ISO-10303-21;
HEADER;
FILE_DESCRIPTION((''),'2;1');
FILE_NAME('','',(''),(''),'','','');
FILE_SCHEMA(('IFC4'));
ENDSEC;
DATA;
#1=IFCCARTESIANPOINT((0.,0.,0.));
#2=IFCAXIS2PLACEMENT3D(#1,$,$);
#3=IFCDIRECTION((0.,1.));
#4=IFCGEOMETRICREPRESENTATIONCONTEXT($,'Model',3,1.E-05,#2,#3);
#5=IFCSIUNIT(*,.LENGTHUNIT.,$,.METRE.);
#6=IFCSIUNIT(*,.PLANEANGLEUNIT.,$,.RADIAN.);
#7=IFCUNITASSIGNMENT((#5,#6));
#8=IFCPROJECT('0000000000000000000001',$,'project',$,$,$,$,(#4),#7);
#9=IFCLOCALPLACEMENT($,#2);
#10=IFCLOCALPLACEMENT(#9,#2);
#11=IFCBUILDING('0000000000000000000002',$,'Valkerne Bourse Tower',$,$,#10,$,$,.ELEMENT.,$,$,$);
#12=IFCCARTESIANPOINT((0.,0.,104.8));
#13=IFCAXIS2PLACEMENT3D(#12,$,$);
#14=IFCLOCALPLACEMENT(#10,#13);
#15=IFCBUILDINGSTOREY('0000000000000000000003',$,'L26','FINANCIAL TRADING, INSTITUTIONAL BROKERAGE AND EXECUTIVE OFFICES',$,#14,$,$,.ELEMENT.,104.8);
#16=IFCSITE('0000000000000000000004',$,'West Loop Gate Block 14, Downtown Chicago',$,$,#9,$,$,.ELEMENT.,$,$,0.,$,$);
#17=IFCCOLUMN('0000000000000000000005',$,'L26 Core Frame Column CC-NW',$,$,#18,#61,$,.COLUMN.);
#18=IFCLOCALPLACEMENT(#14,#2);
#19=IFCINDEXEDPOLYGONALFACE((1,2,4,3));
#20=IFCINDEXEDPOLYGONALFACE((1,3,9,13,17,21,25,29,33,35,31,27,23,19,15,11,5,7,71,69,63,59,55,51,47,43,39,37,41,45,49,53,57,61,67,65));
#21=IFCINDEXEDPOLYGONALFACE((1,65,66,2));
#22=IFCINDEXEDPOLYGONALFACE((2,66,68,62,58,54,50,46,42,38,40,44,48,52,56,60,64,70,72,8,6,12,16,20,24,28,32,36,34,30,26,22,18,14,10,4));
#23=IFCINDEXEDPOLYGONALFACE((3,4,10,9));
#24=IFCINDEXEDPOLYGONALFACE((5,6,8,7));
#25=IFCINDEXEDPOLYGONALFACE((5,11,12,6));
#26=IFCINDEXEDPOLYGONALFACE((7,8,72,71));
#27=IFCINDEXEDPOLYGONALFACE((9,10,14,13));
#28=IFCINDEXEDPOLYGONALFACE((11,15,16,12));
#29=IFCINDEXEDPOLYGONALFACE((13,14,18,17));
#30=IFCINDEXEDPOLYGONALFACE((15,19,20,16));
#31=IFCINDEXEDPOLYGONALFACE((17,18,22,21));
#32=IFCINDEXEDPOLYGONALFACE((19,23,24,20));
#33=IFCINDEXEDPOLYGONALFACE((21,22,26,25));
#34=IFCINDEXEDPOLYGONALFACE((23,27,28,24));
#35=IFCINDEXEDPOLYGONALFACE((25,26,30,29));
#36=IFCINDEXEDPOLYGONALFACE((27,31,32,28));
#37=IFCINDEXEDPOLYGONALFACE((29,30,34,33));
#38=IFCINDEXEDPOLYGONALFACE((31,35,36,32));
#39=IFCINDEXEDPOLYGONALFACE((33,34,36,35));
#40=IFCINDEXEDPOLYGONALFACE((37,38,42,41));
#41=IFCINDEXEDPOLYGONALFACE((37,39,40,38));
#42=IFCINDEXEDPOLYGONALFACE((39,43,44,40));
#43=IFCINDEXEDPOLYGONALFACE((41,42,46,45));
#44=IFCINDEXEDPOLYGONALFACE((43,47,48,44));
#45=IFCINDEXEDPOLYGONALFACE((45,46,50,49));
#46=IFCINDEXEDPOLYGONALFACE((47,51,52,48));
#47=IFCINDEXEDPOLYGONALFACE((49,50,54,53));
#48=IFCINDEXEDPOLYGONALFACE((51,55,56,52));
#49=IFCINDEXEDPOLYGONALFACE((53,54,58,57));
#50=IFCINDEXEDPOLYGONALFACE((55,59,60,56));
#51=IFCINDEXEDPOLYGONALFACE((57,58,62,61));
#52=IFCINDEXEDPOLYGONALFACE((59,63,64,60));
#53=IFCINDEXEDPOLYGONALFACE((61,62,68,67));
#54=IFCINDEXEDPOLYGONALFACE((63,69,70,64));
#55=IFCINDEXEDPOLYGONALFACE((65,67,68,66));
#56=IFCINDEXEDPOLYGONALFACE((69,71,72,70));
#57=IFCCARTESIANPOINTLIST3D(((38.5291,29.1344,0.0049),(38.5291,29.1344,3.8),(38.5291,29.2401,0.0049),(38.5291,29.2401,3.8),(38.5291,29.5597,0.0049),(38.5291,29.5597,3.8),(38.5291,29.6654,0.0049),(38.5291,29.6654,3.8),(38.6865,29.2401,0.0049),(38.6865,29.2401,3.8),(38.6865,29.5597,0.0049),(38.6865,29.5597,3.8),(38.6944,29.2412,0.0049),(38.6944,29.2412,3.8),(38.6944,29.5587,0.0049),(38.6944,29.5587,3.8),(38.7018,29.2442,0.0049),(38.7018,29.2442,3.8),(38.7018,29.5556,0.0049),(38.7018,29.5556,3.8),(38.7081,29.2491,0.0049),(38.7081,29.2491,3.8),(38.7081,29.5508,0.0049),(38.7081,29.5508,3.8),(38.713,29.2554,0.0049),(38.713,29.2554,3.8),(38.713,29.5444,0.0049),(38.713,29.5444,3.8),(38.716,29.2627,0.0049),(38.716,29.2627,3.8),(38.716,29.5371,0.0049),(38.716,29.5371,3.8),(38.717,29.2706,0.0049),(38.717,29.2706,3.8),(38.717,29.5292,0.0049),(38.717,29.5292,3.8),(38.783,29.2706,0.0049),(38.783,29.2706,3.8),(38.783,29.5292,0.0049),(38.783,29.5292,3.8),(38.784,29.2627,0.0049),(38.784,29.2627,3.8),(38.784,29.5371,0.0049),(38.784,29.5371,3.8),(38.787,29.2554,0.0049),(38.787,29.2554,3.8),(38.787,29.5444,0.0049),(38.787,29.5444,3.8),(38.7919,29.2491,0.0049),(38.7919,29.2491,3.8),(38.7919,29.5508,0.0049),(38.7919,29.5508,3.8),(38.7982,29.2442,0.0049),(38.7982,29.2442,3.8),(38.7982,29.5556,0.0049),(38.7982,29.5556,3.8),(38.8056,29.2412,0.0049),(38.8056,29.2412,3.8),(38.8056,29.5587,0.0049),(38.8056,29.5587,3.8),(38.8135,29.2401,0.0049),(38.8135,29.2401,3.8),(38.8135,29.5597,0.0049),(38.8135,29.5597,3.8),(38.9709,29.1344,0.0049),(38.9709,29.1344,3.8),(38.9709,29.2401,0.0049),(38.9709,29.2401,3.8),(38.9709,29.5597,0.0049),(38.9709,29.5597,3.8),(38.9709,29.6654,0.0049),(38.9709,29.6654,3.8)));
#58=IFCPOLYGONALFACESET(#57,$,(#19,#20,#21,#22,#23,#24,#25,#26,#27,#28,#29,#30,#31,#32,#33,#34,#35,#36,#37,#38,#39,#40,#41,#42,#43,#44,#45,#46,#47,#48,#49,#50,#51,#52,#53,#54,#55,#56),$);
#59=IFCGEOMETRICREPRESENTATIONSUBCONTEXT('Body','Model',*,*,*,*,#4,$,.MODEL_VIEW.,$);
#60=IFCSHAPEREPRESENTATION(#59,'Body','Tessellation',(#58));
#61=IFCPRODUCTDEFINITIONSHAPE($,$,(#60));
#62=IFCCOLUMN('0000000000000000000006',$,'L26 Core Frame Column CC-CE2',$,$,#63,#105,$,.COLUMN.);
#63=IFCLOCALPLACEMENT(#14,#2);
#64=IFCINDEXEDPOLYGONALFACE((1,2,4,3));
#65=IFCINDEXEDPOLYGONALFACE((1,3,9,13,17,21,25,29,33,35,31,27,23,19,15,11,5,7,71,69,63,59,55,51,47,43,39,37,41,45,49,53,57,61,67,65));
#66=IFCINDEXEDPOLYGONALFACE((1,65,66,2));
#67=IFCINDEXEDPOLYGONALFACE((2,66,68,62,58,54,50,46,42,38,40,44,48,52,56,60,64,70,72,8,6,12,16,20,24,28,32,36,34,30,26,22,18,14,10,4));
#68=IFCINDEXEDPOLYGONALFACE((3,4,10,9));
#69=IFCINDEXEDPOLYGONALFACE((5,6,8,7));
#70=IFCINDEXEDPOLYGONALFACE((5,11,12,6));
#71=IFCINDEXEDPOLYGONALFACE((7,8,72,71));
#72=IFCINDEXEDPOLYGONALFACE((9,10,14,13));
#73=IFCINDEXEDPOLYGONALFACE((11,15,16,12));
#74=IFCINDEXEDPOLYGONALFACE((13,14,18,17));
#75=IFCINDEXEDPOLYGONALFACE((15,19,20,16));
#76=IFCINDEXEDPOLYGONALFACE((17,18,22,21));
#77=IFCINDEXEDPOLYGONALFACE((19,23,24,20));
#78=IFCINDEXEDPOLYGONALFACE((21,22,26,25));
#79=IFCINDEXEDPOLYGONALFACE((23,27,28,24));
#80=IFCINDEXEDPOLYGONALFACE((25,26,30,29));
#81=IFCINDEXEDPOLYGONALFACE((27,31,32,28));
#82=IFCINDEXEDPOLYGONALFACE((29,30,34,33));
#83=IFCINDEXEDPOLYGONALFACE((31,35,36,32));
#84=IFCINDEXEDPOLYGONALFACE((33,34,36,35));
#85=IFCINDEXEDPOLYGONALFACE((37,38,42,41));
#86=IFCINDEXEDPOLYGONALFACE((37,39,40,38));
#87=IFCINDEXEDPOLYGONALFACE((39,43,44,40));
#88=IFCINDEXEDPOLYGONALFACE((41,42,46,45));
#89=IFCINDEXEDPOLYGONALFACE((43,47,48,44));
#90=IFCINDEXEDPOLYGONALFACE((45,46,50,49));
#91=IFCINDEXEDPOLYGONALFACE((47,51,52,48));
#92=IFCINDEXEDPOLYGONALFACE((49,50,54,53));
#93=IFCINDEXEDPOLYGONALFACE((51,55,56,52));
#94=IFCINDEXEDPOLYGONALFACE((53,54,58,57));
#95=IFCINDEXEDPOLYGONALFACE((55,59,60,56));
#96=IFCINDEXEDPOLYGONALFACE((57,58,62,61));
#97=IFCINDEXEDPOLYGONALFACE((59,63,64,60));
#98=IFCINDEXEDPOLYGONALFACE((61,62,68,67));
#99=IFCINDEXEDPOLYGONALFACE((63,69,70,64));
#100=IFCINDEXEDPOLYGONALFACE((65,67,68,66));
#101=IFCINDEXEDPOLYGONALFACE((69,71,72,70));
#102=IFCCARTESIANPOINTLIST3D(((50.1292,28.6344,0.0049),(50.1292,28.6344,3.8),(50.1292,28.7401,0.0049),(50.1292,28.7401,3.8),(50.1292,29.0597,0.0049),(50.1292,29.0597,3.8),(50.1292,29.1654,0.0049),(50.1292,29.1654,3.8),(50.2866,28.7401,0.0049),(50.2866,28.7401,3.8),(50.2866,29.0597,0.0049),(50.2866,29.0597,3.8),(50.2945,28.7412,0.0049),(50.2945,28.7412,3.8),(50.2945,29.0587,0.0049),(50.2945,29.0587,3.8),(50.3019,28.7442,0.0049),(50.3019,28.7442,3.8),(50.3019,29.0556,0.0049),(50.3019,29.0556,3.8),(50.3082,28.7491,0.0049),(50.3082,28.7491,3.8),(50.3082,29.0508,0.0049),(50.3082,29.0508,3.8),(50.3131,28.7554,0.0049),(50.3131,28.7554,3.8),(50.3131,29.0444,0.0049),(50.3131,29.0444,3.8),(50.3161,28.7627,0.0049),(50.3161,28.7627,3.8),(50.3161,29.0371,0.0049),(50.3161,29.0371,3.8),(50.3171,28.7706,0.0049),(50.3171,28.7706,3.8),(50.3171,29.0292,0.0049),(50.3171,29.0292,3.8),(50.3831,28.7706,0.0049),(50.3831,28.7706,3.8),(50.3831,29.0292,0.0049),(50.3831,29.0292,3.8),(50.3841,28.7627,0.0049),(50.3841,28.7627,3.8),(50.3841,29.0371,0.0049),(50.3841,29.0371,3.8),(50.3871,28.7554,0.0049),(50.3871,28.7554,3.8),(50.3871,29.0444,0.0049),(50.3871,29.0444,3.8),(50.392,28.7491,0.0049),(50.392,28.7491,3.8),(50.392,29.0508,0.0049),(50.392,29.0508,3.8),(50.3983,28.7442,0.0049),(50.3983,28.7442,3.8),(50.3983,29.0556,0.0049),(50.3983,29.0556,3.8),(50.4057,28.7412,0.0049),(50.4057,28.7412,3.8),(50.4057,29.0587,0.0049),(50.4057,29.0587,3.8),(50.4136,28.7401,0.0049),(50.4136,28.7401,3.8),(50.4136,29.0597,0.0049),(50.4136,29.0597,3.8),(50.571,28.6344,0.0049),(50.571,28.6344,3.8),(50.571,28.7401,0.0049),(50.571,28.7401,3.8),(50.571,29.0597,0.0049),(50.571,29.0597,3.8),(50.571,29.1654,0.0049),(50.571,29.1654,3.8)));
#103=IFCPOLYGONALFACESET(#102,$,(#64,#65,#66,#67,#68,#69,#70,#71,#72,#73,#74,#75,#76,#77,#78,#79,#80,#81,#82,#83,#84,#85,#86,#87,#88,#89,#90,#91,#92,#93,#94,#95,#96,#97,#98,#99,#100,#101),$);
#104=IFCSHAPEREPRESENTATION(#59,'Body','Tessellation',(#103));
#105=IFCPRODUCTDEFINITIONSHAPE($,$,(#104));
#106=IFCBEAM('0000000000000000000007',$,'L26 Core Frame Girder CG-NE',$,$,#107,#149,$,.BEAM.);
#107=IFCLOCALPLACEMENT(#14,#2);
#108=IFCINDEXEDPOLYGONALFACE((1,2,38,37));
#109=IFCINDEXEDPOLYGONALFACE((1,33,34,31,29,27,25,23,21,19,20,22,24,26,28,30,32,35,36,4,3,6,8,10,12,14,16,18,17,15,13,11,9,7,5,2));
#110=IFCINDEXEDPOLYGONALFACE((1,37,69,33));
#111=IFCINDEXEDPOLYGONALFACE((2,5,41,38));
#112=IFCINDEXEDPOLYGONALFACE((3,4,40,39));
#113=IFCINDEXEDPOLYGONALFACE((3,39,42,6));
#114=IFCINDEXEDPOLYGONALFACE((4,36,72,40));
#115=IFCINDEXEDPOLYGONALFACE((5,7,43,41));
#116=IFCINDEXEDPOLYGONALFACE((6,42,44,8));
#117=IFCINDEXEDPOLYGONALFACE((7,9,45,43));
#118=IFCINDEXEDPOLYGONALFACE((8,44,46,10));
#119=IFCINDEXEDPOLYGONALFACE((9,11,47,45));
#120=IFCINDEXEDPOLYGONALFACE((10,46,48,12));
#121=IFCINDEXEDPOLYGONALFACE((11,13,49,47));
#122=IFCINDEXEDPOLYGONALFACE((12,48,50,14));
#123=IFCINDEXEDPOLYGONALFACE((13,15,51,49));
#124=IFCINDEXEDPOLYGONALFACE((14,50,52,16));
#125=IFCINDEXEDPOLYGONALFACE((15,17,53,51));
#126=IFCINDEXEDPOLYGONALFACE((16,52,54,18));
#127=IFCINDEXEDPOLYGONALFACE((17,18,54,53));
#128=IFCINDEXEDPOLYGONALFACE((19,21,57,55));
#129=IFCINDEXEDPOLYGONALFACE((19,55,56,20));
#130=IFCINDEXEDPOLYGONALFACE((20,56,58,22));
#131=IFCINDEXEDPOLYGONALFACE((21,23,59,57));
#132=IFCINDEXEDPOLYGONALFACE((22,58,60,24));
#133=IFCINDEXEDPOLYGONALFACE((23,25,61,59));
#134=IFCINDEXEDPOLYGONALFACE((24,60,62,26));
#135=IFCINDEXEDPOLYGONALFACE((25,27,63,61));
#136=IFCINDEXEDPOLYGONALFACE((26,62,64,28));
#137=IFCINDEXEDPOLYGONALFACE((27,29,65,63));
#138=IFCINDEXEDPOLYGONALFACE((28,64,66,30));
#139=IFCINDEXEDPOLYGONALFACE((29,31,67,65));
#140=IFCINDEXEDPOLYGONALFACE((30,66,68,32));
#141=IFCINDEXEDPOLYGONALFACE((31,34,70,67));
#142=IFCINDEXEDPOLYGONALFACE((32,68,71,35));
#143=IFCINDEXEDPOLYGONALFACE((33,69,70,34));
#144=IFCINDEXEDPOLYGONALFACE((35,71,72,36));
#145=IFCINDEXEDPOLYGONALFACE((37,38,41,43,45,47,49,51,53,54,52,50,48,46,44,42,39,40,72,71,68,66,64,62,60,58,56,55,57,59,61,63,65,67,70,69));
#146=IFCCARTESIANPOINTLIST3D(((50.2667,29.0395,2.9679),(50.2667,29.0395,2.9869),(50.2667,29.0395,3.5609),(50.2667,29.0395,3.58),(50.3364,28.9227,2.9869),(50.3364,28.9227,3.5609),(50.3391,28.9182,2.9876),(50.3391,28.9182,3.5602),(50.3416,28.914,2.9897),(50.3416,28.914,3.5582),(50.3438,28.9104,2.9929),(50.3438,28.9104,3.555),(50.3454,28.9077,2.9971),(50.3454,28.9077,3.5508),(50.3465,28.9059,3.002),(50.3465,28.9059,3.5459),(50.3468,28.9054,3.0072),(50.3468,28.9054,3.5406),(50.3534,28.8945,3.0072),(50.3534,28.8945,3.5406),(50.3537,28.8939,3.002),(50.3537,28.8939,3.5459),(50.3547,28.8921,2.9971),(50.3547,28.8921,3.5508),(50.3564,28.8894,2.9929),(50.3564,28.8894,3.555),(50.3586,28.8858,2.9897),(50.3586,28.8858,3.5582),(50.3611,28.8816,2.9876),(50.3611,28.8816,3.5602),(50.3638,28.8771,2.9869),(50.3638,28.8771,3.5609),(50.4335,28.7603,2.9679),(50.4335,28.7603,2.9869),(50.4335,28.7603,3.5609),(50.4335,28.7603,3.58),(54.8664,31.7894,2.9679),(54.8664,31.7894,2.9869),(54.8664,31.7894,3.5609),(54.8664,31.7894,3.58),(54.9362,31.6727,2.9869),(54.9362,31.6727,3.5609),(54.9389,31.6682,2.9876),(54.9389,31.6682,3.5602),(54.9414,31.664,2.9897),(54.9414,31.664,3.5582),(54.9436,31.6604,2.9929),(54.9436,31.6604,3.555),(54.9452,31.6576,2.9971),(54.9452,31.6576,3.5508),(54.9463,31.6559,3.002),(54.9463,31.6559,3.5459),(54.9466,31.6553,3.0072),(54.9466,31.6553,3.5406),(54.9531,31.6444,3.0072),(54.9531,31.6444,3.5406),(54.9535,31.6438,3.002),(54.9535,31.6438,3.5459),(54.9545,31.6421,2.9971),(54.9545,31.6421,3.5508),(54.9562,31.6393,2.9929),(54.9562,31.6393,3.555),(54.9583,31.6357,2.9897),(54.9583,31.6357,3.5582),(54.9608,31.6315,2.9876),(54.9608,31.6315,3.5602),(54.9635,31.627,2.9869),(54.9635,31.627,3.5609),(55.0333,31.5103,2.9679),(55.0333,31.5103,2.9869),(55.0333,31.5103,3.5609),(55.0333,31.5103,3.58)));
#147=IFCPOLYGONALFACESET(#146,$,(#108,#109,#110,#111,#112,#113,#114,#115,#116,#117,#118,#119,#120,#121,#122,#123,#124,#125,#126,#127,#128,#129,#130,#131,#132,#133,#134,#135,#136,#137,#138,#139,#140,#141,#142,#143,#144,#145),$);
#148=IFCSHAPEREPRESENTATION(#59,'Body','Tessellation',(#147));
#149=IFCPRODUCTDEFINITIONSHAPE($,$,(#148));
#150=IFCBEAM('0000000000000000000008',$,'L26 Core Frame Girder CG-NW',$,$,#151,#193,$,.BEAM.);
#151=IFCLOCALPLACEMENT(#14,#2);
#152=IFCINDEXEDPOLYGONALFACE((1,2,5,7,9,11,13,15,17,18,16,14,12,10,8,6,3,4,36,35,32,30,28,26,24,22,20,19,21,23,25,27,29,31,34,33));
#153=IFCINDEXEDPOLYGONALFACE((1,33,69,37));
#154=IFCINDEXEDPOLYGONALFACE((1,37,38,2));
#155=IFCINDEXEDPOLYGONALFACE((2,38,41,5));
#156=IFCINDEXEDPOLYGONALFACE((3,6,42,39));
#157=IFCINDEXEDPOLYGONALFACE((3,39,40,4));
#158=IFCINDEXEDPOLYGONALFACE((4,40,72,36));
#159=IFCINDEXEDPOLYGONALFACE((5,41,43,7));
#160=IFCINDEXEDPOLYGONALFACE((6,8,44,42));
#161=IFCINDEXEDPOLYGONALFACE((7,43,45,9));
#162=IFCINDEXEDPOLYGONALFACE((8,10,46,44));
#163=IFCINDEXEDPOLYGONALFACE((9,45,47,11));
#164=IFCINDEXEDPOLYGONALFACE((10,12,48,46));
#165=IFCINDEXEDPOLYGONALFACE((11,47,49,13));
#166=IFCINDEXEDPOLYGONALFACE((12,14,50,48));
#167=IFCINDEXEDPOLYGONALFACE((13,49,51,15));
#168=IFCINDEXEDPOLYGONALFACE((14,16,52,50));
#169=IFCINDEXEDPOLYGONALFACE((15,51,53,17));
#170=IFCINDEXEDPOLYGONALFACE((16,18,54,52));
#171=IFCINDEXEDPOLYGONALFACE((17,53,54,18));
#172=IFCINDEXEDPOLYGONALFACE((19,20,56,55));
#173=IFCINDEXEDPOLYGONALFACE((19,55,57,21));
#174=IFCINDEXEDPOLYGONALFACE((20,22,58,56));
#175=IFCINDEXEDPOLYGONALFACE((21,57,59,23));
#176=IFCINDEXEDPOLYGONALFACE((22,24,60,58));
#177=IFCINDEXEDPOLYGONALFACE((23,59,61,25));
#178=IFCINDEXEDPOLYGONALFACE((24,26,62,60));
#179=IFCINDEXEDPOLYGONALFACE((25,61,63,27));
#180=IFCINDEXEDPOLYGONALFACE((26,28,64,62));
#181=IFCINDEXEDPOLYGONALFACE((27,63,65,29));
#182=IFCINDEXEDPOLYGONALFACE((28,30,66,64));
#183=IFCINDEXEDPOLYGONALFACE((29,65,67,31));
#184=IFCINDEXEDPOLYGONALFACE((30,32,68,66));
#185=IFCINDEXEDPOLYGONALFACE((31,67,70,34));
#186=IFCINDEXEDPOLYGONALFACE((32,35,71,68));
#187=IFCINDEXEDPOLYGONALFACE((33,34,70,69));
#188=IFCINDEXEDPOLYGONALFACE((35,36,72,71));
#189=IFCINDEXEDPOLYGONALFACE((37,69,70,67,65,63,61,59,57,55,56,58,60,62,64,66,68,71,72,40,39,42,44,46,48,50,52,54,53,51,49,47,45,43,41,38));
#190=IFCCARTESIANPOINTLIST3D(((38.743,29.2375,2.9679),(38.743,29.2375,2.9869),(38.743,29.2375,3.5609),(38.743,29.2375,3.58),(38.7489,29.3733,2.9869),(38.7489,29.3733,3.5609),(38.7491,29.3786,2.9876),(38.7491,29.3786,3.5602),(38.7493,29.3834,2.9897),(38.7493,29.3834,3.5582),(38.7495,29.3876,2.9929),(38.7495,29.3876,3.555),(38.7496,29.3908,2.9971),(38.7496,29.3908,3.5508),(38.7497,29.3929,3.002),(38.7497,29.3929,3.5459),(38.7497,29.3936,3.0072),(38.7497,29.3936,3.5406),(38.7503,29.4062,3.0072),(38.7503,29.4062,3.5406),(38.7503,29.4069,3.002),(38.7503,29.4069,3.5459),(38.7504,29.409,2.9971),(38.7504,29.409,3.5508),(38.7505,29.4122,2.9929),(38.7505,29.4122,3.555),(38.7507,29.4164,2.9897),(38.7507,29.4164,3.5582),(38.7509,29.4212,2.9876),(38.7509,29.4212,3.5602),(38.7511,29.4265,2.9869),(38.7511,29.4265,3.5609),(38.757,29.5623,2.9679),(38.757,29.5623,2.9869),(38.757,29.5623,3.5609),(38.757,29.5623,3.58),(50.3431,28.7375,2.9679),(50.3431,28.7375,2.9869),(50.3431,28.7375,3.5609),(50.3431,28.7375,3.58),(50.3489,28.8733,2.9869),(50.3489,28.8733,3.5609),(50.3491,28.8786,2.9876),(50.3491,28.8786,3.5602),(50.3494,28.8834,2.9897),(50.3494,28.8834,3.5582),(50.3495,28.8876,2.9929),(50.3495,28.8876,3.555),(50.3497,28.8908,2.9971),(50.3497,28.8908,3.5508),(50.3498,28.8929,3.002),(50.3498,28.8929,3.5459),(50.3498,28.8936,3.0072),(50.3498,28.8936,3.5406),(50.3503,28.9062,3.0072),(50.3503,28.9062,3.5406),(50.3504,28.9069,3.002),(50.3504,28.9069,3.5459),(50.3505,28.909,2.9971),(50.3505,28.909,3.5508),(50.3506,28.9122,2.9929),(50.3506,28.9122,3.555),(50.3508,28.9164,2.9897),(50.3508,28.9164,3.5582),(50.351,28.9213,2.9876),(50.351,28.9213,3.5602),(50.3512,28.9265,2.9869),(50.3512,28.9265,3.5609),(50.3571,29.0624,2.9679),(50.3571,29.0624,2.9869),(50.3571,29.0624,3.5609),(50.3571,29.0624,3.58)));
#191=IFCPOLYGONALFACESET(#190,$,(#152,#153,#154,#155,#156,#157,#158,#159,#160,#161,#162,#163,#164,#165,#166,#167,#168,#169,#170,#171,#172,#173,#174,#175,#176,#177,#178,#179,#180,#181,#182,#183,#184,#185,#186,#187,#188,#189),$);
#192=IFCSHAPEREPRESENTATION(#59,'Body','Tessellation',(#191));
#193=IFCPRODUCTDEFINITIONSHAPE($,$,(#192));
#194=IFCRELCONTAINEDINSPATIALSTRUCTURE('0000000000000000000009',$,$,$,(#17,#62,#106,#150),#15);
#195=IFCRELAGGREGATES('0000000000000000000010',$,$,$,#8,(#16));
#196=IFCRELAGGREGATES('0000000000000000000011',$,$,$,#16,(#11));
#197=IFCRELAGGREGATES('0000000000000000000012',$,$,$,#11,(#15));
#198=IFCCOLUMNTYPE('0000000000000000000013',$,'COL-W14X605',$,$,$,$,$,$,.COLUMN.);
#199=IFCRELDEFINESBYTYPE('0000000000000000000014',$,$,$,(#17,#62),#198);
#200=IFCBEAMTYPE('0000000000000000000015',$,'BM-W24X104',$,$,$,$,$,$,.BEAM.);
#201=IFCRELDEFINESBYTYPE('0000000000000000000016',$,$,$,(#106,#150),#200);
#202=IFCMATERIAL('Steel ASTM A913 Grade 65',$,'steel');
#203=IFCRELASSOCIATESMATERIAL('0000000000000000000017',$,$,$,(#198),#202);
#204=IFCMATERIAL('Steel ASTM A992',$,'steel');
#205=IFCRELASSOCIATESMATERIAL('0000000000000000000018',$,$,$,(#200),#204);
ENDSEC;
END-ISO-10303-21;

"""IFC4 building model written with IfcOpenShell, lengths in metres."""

from ifc_helpers import new_model, si_unit, direction, frame, origin, origin_2d, place, context, subcontext, project, spatial, i_section, extrude, material, material_profile, profile_set, type_object, element, save


model = new_model("IFC4")

# Units and contexts
model_context = context("Model", 3, precision=1e-05, world=origin(), true_north=direction((0.0, 1.0)))
body_context = subcontext(model_context, "Body", "Model", "MODEL_VIEW")
ifc_project = project(units=[si_unit("LENGTHUNIT", "METRE"), si_unit("PLANEANGLEUNIT", "RADIAN")], contexts=[model_context])

# Site, building, storey
site_placement = place(None, origin())
site = spatial("IfcSite", under=ifc_project, at=site_placement, Name="West Loop Gate Block 14, Downtown Chicago", CompositionType="ELEMENT", RefElevation=0.0)
building_placement = place(site_placement, origin())
building = spatial("IfcBuilding", under=site, at=building_placement, Name="Valkerne Bourse Tower", CompositionType="ELEMENT")
storey_placement = place(building_placement, frame((0.0, 0.0, 104.8)))
storey = spatial("IfcBuildingStorey", under=building, at=storey_placement, Name="L26", Description="FINANCIAL TRADING, INSTITUTIONAL BROKERAGE AND EXECUTIVE OFFICES", CompositionType="ELEMENT", Elevation=104.8)

# Columns
ifc_material_1 = material(Name="Steel ASTM A913 Grade 65", Category="steel")
ifc_material_profile_1 = material_profile(ifc_material_1, i_section(OverallWidth=0.4419, OverallDepth=0.531, WebThickness=0.0659, FlangeThickness=0.1057, FilletRadius=0.0305, at=origin_2d()), Name="W14X605")
ifc_profile_set_1 = profile_set([ifc_material_profile_1], Name="Steel ASTM A913 Grade 65")
column_type = type_object("IfcColumnType", Name="COL-W14X605", PredefinedType="COLUMN", material=ifc_profile_set_1)
for number, where, z_axis, x_axis, name in (
    (1, (38.75, 29.3999, 0.0049), (0.0, 0.0, 1.0), (1.0, 0.0, 0.0), "L26 Core Frame Column CC-NW"),
    (2, (50.3501, 28.8999, 0.0049), (0.0, 0.0, 1.0), (1.0, 0.0, 0.0), "L26 Core Frame Column CC-CE2"),
):
    element("IfcColumn", number, at=place(storey_placement, frame(where, z_axis=z_axis, x_axis=x_axis)), inside=storey, type_object=column_type, Name=name, PredefinedType="COLUMN", context=body_context, shape_type="SweptSolid", body=[
        extrude(i_section(OverallWidth=0.4419, OverallDepth=0.531, WebThickness=0.0659, FlangeThickness=0.1057, FilletRadius=0.0305, at=origin_2d()), origin(), (0.0, 0.0, 1.0), 3.7952),
    ])

# Beams
ifc_material_2 = material(Name="Steel ASTM A992", Category="steel")
ifc_material_profile_2 = material_profile(ifc_material_2, i_section(OverallWidth=0.3252, OverallDepth=0.6121, WebThickness=0.0127, FlangeThickness=0.019, FilletRadius=0.0203, at=origin_2d()), Name="W24X104")
ifc_profile_set_2 = profile_set([ifc_material_profile_2], Name="Steel ASTM A992")
beam_type = type_object("IfcBeamType", Name="BM-W24X104", PredefinedType="BEAM", material=ifc_profile_set_2)
beam_1_placement = place(storey_placement, frame((50.3501, 28.8999, 3.2739), z_axis=(0.858308, 0.513135, 0.0), x_axis=(-0.513135, 0.858308, 0.0)))
element("IfcBeam", 3, at=beam_1_placement, inside=storey, type_object=beam_type, Name="L26 Core Frame Girder CG-NE", PredefinedType="BEAM", context=body_context, shape_type="SweptSolid", body=[
    extrude(i_section(OverallWidth=0.3252, OverallDepth=0.6121, WebThickness=0.0127, FlangeThickness=0.019, FilletRadius=0.0203, at=origin_2d()), origin(), (0.0, 0.0, 1.0), 5.3591),
])
beam_2_placement = place(storey_placement, frame((38.75, 29.3999, 3.2739), z_axis=(0.999072, -0.043063, 0.0), x_axis=(0.043063, 0.999072, 0.0)))
element("IfcBeam", 4, at=beam_2_placement, inside=storey, type_object=beam_type, Name="L26 Core Frame Girder CG-NW", PredefinedType="BEAM", context=body_context, shape_type="SweptSolid", body=[
    extrude(i_section(OverallWidth=0.3252, OverallDepth=0.6121, WebThickness=0.0127, FlangeThickness=0.019, FilletRadius=0.0203, at=origin_2d()), origin(), (0.0, 0.0, 1.0), 11.6108),
])

save(model, "model.ifc")
